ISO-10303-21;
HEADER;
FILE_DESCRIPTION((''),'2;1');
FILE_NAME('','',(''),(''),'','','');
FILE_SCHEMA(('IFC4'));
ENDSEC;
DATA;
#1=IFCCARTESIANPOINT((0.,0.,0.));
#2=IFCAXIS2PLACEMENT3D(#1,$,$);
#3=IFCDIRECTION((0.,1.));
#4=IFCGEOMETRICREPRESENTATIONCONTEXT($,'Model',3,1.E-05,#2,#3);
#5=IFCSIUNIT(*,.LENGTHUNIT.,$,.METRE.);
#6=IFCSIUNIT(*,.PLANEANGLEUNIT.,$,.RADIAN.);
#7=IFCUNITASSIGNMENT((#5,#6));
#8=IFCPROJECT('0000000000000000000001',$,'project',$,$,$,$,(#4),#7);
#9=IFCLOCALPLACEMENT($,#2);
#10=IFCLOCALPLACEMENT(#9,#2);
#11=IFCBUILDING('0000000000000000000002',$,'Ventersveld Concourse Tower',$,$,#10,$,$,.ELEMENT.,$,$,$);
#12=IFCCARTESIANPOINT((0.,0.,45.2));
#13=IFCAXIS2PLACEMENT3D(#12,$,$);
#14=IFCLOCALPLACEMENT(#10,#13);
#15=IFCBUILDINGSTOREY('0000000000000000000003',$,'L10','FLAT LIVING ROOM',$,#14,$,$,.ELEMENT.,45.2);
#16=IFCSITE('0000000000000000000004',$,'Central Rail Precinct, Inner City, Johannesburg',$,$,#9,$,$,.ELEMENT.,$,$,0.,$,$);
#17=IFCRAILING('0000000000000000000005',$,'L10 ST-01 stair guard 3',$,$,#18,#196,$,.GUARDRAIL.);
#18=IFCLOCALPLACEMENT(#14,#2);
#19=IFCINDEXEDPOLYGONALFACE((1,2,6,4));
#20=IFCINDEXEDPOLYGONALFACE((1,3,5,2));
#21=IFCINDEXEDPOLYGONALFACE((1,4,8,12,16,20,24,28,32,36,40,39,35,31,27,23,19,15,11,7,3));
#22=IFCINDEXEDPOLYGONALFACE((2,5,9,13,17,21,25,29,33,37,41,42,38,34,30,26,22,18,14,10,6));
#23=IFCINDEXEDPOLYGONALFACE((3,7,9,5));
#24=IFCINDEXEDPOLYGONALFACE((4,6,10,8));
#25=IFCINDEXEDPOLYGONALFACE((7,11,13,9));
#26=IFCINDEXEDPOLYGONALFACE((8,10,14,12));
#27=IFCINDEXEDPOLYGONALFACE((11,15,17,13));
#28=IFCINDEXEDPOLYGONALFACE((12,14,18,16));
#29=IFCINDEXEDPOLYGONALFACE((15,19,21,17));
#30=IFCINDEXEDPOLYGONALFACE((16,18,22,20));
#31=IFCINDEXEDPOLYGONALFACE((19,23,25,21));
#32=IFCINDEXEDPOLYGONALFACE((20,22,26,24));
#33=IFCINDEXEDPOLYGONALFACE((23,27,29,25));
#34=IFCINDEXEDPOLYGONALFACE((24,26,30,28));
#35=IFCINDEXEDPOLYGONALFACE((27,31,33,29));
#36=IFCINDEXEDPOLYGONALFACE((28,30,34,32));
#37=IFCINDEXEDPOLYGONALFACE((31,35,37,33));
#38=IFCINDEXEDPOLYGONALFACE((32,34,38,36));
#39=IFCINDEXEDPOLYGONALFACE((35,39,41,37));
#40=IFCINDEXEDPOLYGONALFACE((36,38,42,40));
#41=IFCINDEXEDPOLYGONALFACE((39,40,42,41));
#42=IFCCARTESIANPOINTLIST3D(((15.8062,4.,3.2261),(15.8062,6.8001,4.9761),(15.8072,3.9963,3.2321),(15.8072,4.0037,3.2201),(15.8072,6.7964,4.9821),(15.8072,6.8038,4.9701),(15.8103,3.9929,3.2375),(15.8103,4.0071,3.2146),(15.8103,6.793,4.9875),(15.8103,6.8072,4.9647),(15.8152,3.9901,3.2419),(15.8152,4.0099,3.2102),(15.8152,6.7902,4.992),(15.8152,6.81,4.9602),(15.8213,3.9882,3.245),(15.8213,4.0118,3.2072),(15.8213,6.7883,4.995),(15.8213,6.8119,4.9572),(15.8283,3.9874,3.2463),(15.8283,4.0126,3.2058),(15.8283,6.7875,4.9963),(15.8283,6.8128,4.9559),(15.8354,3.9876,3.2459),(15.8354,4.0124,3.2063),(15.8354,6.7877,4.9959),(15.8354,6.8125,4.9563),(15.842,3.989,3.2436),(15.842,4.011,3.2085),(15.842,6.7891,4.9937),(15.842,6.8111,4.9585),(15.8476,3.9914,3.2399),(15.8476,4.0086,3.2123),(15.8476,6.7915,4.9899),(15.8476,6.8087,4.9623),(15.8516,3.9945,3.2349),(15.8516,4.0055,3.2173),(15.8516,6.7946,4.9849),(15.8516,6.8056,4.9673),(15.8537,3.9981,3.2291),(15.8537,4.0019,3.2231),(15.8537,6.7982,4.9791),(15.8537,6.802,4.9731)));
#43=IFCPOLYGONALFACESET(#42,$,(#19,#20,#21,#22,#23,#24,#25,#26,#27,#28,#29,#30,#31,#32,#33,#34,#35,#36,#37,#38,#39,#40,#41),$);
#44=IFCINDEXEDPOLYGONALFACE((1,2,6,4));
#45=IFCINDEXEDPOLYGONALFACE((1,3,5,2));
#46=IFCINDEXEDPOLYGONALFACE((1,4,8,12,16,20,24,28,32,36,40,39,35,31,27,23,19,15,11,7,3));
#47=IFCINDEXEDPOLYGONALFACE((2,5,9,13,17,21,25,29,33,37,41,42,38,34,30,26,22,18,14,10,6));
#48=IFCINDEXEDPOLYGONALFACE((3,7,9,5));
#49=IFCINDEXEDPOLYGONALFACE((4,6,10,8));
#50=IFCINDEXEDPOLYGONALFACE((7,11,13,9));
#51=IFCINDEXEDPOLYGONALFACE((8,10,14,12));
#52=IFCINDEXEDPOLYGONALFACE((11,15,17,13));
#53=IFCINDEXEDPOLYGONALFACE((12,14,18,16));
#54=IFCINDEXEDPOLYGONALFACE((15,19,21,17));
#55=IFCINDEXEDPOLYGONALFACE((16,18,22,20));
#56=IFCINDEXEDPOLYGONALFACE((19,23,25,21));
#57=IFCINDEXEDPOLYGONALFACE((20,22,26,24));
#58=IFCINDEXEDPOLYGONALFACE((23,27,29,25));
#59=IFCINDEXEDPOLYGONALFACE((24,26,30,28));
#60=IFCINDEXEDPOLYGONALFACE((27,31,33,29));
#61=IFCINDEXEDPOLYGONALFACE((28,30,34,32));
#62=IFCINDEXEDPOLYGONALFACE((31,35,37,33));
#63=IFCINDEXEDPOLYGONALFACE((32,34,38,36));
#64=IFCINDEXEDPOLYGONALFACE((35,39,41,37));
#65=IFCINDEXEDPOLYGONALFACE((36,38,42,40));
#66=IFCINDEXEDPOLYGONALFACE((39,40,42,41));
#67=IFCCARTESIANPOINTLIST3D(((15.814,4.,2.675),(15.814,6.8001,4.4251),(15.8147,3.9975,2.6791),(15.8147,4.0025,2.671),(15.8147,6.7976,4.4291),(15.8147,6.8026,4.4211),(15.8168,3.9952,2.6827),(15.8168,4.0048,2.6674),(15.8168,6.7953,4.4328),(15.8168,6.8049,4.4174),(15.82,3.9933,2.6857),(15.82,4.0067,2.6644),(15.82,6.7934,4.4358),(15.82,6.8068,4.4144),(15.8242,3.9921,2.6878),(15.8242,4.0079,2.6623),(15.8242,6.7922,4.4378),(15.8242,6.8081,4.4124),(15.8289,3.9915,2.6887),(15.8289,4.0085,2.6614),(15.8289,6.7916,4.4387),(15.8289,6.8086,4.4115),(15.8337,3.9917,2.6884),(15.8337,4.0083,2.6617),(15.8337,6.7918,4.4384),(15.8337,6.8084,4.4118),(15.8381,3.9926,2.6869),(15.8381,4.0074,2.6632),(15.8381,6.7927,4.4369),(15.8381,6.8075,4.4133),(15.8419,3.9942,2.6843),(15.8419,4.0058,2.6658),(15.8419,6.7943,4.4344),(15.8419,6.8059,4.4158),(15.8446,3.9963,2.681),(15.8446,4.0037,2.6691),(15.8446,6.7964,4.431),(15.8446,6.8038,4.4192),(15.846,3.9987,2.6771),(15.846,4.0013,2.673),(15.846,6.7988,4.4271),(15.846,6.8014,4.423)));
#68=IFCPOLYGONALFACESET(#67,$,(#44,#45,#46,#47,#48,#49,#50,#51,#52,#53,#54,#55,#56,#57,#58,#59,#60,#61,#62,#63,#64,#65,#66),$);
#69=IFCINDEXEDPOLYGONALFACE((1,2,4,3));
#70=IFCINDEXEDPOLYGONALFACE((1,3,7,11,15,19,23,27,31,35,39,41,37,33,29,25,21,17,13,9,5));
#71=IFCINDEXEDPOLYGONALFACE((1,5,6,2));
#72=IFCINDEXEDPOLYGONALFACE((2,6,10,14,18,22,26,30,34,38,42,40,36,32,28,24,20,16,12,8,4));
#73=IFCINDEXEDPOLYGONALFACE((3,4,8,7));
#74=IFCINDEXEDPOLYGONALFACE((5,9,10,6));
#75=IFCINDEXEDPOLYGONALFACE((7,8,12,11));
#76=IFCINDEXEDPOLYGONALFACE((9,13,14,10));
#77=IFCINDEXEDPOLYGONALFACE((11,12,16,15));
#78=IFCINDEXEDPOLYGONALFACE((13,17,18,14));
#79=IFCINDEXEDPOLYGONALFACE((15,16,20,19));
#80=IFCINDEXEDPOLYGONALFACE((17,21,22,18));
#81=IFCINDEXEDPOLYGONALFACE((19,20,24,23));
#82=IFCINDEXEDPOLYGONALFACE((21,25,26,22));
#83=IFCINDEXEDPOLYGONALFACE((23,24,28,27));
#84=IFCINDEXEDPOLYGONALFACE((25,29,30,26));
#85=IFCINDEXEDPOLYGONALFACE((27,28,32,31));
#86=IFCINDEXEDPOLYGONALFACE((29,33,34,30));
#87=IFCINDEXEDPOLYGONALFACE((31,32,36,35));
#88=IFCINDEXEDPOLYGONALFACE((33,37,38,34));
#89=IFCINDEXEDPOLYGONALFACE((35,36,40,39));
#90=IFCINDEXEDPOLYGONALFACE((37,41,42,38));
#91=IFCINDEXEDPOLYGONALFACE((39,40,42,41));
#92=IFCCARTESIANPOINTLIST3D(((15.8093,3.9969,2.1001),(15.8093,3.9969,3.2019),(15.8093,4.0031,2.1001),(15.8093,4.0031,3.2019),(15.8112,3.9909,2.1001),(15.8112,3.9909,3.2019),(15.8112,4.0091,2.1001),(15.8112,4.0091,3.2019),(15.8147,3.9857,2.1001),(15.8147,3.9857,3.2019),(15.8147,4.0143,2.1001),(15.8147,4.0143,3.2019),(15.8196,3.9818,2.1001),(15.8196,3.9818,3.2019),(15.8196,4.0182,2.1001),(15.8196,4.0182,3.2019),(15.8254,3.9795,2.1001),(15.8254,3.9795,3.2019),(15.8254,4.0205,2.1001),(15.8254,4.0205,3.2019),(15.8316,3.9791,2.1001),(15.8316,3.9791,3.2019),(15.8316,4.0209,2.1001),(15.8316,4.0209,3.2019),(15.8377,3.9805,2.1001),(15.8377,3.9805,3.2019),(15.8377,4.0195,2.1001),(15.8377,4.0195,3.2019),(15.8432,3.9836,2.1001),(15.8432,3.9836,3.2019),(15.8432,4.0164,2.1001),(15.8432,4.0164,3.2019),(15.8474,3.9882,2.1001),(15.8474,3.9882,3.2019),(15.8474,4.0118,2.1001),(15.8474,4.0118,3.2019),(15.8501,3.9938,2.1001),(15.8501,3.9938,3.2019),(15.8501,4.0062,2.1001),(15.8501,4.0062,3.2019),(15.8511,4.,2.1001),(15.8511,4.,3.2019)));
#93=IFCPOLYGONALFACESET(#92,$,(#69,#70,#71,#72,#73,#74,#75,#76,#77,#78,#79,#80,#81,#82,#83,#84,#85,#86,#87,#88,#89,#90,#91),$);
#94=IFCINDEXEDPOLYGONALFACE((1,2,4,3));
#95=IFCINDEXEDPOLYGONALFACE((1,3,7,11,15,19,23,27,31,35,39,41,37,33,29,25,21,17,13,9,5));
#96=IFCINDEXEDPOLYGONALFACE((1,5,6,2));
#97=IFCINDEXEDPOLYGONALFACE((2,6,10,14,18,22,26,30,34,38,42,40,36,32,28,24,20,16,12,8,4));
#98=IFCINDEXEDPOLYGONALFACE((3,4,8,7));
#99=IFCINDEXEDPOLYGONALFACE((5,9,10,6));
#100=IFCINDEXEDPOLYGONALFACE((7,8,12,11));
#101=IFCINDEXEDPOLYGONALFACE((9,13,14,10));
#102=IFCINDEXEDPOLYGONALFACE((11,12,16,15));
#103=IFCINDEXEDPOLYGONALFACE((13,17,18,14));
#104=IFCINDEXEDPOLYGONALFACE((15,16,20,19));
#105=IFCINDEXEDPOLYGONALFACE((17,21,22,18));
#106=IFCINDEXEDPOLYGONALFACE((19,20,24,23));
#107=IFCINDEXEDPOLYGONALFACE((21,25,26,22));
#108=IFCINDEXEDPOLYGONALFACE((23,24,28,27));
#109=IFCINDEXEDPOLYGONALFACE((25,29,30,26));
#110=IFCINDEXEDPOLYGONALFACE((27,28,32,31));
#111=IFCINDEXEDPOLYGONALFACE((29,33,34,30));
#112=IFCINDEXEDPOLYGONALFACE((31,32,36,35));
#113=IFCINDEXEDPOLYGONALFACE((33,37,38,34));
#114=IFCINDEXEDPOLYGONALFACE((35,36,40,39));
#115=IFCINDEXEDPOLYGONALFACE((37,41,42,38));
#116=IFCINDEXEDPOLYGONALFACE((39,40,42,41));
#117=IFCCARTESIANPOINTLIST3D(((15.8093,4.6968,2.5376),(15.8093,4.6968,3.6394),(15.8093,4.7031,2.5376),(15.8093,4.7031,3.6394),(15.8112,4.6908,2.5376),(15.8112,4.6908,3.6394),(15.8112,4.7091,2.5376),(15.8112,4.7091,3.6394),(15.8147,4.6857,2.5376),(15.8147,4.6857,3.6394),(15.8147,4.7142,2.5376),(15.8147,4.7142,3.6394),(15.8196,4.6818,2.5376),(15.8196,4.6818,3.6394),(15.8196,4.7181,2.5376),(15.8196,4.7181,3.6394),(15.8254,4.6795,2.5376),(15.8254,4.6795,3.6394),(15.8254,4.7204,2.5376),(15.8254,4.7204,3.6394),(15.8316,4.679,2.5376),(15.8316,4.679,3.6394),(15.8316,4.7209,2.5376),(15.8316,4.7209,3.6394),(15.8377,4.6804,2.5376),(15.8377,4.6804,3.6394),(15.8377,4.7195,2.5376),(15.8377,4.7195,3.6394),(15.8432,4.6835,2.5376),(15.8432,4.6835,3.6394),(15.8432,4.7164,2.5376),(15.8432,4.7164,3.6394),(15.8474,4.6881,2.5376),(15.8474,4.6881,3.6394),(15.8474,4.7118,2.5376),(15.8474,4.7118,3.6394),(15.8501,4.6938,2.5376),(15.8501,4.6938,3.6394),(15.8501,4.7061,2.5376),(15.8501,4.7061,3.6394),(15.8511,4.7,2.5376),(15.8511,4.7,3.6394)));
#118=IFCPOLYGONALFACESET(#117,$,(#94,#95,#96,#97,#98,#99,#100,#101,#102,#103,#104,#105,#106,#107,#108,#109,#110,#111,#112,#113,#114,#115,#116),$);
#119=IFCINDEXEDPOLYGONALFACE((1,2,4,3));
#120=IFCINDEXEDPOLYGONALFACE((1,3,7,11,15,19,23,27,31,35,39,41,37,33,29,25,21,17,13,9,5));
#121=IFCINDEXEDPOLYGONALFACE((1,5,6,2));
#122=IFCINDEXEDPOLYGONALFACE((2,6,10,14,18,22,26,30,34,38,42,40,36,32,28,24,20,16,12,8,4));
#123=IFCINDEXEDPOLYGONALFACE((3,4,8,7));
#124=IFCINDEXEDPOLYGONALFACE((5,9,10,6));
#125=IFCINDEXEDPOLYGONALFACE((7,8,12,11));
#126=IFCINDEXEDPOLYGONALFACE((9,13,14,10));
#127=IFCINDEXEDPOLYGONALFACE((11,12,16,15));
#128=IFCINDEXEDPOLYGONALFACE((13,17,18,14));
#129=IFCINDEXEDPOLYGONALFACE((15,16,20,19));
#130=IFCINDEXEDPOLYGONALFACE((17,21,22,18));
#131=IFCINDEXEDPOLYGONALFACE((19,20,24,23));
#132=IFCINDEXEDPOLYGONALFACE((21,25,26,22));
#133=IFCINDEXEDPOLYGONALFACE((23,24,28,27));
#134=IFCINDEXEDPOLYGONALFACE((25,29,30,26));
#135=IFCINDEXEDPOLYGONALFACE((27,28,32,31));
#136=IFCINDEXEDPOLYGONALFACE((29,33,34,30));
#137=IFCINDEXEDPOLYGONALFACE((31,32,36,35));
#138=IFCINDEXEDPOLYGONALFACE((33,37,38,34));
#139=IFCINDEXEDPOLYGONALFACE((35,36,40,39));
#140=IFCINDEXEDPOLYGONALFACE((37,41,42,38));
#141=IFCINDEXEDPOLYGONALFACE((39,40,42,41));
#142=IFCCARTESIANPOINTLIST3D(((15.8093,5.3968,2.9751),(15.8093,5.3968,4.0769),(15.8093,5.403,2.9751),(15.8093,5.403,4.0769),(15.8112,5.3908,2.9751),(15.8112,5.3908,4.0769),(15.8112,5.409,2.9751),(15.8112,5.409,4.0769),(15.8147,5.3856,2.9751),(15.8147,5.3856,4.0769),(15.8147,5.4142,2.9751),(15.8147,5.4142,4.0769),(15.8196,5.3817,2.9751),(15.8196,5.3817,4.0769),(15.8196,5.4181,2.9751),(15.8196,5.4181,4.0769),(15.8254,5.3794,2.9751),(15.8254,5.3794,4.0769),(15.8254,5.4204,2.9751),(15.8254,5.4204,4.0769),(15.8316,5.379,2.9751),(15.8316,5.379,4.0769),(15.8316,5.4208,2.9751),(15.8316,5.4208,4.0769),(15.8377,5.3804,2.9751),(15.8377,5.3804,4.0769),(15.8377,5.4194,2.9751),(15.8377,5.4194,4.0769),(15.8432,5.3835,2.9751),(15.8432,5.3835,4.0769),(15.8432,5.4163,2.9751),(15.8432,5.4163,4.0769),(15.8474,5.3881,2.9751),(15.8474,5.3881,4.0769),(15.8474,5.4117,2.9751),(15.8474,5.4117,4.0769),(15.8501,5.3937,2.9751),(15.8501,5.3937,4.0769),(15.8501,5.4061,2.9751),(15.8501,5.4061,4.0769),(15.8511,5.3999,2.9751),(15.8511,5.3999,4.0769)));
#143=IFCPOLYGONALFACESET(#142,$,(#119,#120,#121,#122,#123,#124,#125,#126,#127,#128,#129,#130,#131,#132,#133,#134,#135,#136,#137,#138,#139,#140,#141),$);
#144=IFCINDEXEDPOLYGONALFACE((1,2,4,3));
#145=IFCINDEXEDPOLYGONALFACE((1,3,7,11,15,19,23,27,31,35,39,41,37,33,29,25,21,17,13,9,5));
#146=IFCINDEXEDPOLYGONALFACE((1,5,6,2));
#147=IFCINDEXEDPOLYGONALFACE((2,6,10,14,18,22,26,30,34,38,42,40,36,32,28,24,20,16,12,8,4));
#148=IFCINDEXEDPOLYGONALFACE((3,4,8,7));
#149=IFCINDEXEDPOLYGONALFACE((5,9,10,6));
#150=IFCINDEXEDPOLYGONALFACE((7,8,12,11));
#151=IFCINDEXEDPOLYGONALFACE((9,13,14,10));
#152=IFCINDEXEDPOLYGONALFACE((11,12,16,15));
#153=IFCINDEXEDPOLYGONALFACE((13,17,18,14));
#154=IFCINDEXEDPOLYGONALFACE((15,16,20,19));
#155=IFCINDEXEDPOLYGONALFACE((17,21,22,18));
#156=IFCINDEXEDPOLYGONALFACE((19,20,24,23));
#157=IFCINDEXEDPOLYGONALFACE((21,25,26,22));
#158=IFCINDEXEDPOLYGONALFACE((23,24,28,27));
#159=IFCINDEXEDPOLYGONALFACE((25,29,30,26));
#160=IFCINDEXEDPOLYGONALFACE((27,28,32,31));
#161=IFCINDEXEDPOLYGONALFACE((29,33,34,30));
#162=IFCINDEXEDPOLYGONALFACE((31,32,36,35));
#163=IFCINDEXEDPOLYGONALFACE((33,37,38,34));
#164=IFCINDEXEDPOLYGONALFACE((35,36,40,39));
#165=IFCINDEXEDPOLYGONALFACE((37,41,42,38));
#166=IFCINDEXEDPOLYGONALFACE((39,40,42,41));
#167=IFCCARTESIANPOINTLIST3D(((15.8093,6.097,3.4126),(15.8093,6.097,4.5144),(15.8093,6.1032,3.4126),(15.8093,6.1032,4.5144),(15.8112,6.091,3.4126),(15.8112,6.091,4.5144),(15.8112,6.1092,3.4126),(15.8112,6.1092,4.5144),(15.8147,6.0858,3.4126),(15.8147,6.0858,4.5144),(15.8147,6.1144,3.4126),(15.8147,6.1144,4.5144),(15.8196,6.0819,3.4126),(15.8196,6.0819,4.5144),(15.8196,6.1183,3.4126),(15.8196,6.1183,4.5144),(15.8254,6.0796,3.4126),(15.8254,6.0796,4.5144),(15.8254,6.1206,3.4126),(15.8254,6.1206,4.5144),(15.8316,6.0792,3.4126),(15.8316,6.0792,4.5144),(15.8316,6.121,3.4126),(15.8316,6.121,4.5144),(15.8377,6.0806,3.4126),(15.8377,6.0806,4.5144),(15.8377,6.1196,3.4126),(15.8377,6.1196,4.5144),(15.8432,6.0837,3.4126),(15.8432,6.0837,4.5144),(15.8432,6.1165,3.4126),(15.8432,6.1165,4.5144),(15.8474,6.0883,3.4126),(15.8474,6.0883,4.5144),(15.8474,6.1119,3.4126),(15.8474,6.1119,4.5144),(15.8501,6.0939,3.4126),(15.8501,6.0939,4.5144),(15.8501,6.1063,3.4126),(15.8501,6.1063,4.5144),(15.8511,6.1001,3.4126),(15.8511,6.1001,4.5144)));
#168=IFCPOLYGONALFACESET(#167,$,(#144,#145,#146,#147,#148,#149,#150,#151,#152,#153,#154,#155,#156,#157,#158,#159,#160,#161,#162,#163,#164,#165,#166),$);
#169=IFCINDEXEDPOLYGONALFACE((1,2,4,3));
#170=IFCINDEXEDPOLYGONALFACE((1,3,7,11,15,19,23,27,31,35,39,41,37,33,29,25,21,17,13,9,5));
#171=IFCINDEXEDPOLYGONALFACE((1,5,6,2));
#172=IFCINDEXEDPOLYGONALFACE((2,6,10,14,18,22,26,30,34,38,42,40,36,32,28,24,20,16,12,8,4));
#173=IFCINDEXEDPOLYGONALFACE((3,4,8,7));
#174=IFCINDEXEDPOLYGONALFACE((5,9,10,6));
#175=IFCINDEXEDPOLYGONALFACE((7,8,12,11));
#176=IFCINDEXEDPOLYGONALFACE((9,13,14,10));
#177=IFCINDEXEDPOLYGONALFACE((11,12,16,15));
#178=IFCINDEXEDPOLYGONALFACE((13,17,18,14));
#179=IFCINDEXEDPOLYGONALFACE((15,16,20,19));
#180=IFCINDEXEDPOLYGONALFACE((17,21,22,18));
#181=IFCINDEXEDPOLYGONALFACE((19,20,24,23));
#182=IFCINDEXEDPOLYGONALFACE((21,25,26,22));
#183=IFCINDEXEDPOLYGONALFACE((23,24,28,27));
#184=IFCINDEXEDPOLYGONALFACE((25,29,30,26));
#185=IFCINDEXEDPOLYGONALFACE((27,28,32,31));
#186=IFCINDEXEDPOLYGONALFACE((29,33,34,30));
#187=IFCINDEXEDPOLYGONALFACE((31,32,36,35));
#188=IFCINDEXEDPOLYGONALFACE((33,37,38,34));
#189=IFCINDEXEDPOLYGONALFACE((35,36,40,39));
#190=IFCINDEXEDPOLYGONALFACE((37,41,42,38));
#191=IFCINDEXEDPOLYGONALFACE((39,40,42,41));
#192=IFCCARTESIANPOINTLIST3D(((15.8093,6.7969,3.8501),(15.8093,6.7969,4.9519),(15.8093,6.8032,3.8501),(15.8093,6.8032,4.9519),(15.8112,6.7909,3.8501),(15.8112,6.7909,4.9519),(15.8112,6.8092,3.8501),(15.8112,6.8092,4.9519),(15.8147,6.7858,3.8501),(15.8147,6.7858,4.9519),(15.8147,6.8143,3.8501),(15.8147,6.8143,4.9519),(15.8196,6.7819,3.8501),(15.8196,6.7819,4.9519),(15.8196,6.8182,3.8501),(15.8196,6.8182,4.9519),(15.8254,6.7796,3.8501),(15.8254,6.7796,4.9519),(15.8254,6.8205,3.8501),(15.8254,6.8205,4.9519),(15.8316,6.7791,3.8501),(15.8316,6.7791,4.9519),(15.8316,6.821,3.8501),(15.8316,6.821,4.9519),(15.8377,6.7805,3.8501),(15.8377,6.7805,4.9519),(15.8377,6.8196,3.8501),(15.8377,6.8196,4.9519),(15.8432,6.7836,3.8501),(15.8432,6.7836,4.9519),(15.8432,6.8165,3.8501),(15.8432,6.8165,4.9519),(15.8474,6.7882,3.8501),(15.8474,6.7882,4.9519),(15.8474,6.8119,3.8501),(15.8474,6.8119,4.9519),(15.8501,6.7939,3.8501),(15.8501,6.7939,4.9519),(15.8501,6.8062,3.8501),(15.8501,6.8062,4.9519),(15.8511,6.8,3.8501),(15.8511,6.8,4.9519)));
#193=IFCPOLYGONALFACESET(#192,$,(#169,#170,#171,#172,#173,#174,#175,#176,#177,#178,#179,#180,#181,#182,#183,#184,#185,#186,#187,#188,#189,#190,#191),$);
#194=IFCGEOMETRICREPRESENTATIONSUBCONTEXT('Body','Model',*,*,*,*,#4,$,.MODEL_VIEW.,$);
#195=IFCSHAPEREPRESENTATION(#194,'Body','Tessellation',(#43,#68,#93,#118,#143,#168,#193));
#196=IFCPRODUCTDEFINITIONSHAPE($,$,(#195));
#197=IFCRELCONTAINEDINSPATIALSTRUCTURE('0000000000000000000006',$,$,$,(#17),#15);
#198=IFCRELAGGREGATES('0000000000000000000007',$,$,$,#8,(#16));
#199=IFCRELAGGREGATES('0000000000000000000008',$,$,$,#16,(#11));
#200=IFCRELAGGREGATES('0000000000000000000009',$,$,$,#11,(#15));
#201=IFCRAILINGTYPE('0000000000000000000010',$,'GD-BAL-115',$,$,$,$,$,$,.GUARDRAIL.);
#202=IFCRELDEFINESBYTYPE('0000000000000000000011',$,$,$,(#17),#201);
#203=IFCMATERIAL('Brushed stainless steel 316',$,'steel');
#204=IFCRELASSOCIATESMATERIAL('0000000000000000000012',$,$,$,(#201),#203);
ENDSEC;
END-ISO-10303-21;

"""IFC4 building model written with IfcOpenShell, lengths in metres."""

from ifc_helpers import new_model, si_unit, direction, frame, origin, origin_2d, place, context, subcontext, project, spatial, circle, extrude, material, type_object, element, save


model = new_model("IFC4")

# Units and contexts
model_context = context("Model", 3, precision=1e-05, world=origin(), true_north=direction((0.0, 1.0)))
body_context = subcontext(model_context, "Body", "Model", "MODEL_VIEW")
ifc_project = project(units=[si_unit("LENGTHUNIT", "METRE"), si_unit("PLANEANGLEUNIT", "RADIAN")], contexts=[model_context])

# Site, building, storey
site_placement = place(None, origin())
site = spatial("IfcSite", under=ifc_project, at=site_placement, Name="Central Rail Precinct, Inner City, Johannesburg", CompositionType="ELEMENT", RefElevation=0.0)
building_placement = place(site_placement, origin())
building = spatial("IfcBuilding", under=site, at=building_placement, Name="Ventersveld Concourse Tower", CompositionType="ELEMENT")
storey_placement = place(building_placement, frame((0.0, 0.0, 45.2)))
storey = spatial("IfcBuildingStorey", under=building, at=storey_placement, Name="L10", Description="FLAT LIVING ROOM", CompositionType="ELEMENT", Elevation=45.2)

# Shared definitions
ifc_material_1 = material(Name="Brushed stainless steel 316", Category="steel")

# Railing
railing_type_1 = type_object("IfcRailingType", Name="GD-BAL-115", PredefinedType="GUARDRAIL", material=ifc_material_1)
railing_1_placement = place(storey_placement, frame((15.8301, 4.0, 2.1001)))
element("IfcRailing", 1, at=railing_1_placement, inside=storey, type_object=railing_type_1, Name="L10 ST-01 stair guard 3", PredefinedType="GUARDRAIL", context=body_context, shape_type="SweptSolid", body=[
    extrude(circle(Radius=0.0239, at=origin_2d()), frame((0.0, 0.0, 1.126), z_axis=(0.0, 0.848002, 0.529992), x_axis=(-1.0, 0.0, 0.0)), (0.0, 0.0, 1.0), 3.302),
    extrude(circle(Radius=0.0161, at=origin_2d()), frame((0.0, 0.0, 0.575), z_axis=(0.0, 0.848002, 0.529992), x_axis=(-1.0, 0.0, 0.0)), (0.0, 0.0, 1.0), 3.302),
    extrude(circle(Radius=0.021, at=origin_2d()), origin(), (0.0, 0.0, 1.0), 1.1018),
    extrude(circle(Radius=0.021, at=origin_2d()), frame((0.0, 0.7, 0.4375)), (0.0, 0.0, 1.0), 1.1018),
    extrude(circle(Radius=0.021, at=origin_2d()), frame((0.0, 1.3999, 0.875)), (0.0, 0.0, 1.0), 1.1018),
    extrude(circle(Radius=0.021, at=origin_2d()), frame((0.0, 2.1001, 1.3125)), (0.0, 0.0, 1.0), 1.1018),
    extrude(circle(Radius=0.021, at=origin_2d()), frame((0.0, 2.8, 1.75)), (0.0, 0.0, 1.0), 1.1018),
])

save(model, "model.ifc")
